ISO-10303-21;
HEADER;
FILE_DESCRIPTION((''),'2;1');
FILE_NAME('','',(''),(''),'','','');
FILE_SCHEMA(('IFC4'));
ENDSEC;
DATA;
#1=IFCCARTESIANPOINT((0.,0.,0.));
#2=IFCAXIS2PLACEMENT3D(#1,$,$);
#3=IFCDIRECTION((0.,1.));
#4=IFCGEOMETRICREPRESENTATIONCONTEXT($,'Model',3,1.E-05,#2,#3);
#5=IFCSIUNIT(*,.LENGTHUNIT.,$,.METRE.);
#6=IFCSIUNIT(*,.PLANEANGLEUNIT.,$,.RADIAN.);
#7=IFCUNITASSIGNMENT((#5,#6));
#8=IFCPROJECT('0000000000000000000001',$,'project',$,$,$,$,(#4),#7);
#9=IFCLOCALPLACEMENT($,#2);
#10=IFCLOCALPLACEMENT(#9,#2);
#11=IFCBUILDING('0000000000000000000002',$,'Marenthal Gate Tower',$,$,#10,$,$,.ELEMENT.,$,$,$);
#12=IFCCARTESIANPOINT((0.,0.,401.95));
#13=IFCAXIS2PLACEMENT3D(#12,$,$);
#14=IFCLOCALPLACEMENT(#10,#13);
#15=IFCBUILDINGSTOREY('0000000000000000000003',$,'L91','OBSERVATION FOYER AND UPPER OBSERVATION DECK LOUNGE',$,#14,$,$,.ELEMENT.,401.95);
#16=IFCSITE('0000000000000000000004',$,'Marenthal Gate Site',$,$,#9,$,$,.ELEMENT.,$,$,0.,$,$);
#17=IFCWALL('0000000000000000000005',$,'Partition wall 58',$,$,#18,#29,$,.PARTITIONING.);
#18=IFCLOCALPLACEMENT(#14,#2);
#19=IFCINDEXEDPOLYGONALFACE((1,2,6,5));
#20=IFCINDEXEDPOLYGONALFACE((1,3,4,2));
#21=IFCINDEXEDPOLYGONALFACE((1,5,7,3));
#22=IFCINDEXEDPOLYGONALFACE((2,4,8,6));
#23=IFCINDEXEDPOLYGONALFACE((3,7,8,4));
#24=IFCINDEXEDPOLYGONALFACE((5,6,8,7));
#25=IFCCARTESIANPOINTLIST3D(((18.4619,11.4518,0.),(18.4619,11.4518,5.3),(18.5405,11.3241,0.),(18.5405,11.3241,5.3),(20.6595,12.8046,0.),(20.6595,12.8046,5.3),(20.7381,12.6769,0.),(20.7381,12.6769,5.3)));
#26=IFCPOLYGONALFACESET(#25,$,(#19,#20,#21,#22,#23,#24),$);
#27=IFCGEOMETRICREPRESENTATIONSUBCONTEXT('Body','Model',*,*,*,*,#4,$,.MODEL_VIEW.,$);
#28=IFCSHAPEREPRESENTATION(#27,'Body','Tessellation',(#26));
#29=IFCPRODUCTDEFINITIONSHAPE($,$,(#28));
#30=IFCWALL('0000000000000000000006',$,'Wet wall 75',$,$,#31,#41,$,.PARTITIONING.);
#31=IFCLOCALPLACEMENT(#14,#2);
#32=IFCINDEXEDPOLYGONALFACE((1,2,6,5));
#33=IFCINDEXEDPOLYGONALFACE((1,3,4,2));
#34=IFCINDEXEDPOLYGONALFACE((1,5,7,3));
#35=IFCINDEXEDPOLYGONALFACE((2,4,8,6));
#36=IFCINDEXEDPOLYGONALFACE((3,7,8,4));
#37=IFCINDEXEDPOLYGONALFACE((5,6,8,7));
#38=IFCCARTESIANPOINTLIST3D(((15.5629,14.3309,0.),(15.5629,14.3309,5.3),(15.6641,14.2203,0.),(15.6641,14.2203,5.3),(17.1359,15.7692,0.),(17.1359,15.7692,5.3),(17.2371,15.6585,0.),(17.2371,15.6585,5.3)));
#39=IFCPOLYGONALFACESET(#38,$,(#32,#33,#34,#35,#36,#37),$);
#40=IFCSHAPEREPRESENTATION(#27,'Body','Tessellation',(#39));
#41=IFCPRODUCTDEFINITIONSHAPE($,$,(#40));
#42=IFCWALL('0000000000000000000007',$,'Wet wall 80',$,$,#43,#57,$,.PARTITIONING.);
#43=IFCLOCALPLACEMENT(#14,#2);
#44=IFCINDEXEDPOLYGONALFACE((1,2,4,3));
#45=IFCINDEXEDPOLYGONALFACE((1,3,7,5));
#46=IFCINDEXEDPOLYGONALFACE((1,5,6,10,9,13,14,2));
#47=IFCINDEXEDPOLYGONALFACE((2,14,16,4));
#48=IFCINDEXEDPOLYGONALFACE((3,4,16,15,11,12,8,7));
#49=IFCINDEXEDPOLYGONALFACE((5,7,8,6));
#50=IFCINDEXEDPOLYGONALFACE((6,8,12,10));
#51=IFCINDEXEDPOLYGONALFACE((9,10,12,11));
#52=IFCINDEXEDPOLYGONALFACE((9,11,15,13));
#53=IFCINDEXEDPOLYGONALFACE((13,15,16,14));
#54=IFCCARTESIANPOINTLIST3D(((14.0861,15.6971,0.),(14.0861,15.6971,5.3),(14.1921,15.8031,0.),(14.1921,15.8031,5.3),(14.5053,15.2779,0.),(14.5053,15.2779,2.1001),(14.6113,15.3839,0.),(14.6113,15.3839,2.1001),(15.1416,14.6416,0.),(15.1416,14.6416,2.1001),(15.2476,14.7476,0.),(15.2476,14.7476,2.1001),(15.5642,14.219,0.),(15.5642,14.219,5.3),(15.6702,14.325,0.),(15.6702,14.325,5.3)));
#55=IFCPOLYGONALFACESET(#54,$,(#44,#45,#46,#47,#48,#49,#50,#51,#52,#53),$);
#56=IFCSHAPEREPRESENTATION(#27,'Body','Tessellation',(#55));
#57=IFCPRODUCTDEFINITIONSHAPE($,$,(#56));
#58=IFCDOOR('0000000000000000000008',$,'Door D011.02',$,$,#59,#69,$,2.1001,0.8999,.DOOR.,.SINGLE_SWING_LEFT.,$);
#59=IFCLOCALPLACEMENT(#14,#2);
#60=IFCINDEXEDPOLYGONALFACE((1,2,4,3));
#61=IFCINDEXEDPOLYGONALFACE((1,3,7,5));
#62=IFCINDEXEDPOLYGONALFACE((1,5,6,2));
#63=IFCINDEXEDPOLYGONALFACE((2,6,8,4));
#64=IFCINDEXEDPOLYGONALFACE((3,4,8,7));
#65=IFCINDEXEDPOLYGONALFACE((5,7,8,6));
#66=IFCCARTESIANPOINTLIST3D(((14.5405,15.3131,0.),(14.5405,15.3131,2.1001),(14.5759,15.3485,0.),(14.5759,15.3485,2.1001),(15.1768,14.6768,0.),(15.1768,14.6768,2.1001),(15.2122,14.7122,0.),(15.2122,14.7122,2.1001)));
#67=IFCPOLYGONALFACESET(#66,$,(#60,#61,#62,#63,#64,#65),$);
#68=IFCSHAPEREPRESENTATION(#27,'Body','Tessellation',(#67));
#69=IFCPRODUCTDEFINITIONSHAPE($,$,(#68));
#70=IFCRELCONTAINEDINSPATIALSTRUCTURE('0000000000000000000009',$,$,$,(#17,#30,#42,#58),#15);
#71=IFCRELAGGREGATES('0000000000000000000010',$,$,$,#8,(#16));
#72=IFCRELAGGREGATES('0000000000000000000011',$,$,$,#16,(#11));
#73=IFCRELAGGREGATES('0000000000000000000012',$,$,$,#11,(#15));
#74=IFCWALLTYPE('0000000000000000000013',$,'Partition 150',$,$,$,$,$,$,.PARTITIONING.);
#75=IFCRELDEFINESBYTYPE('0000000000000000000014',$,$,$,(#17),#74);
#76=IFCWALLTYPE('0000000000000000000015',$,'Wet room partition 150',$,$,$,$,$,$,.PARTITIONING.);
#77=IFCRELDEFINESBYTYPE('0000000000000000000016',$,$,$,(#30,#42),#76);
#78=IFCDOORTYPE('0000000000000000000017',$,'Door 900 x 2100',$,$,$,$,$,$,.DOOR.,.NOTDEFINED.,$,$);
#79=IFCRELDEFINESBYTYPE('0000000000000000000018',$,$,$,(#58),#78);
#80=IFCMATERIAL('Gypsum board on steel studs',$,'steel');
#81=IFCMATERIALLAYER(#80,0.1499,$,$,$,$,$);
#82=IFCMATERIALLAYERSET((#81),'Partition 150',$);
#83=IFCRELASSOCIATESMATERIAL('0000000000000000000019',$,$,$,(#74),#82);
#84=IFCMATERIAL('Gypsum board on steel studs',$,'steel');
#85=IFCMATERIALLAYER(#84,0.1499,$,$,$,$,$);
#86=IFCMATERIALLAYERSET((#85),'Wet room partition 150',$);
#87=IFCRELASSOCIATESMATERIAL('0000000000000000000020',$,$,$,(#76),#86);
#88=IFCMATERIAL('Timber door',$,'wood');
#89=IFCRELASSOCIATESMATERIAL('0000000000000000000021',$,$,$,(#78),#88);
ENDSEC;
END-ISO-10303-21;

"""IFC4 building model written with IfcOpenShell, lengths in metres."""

from ifc_helpers import new_model, si_unit, direction, frame, frame_2d, origin, place, context, subcontext, project, spatial, rectangle, extrude, material, layer, layer_set, type_object, element, fill, save


model = new_model("IFC4")

# Units and contexts
model_context = context("Model", 3, precision=1e-05, world=origin(), true_north=direction((0.0, 1.0)))
body_context = subcontext(model_context, "Body", "Model", "MODEL_VIEW")
ifc_project = project(units=[si_unit("LENGTHUNIT", "METRE"), si_unit("PLANEANGLEUNIT", "RADIAN")], contexts=[model_context])

# Site, building, storey
site_placement = place(None, origin())
site = spatial("IfcSite", under=ifc_project, at=site_placement, Name="Marenthal Gate Site", CompositionType="ELEMENT", RefElevation=0.0)
building_placement = place(site_placement, origin())
building = spatial("IfcBuilding", under=site, at=building_placement, Name="Marenthal Gate Tower", CompositionType="ELEMENT")
storey_placement = place(building_placement, frame((0.0, 0.0, 401.95)))
storey = spatial("IfcBuildingStorey", under=building, at=storey_placement, Name="L91", Description="OBSERVATION FOYER AND UPPER OBSERVATION DECK LOUNGE", CompositionType="ELEMENT", Elevation=401.95)

# Walls
ifc_material_1 = material(Name="Gypsum board on steel studs", Category="steel")
ifc_layer_1 = layer(ifc_material_1, 0.1499)
ifc_layer_set_1 = layer_set([ifc_layer_1], Name="Partition 150")
wall_type_1 = type_object("IfcWallType", Name="Partition 150", PredefinedType="PARTITIONING", material=ifc_layer_set_1)
wall_1_placement = place(storey_placement, frame((18.5012, 11.3879, 0.0), z_axis=(0.0, 0.0, 1.0), x_axis=(0.851577, 0.524229, 0.0)))
element("IfcWall", 1, at=wall_1_placement, inside=storey, type_object=wall_type_1, Name="Partition wall 58", PredefinedType="PARTITIONING", context=body_context, shape_type="SweptSolid", body=[
    extrude(rectangle(XDim=2.5806, YDim=0.1499, at=frame_2d((1.2903, 0.0))), origin(), (0.0, 0.0, 1.0), 5.3),
])
ifc_material_2 = material(Name="Gypsum board on steel studs", Category="steel")
ifc_layer_2 = layer(ifc_material_2, 0.1499)
ifc_layer_set_2 = layer_set([ifc_layer_2], Name="Wet room partition 150")
wall_type_2 = type_object("IfcWallType", Name="Wet room partition 150", PredefinedType="PARTITIONING", material=ifc_layer_set_2)
wall_2_placement = place(storey_placement, frame((15.6135, 14.2756, 0.0), z_axis=(0.0, 0.0, 1.0), x_axis=(0.738014, 0.674785, 0.0)))
element("IfcWall", 2, at=wall_2_placement, inside=storey, type_object=wall_type_2, Name="Wet wall 75", PredefinedType="PARTITIONING", context=body_context, shape_type="SweptSolid", body=[
    extrude(rectangle(XDim=2.1313, YDim=0.1499, at=frame_2d((1.0657, 0.0))), origin(), (0.0, 0.0, 1.0), 5.3),
])

# Wall, opening, door
wall_3_placement = place(storey_placement, frame((15.6172, 14.272, 0.0), z_axis=(0.0, 0.0, 1.0), x_axis=(-0.707107, 0.707107, 0.0)))
wall_3 = element("IfcWall", 3, at=wall_3_placement, inside=storey, type_object=wall_type_2, Name="Wet wall 80", PredefinedType="PARTITIONING", context=body_context, shape_type="SweptSolid", body=[
    extrude(rectangle(XDim=2.0903, YDim=0.1499, at=frame_2d((1.0452, 0.0))), origin(), (0.0, 0.0, 1.0), 5.3),
])
opening_placement = place(wall_3_placement, frame((0.5977, 0.0, 0.0)))
opening = element("IfcOpeningElement", 4, at=opening_placement, cuts=wall_3, PredefinedType="OPENING", context=body_context, shape_type="SweptSolid", body=[
    extrude(rectangle(XDim=0.8999, YDim=2.1001, at=frame_2d((0.45, 1.05))), frame((0.0, 0.085, 0.0), z_axis=(0.0, -1.0, 0.0), x_axis=(1.0, 0.0, 0.0)), (0.0, 0.0, 1.0), 0.1699),
])
ifc_material_3 = material(Name="Timber door", Category="wood")
door_type = type_object("IfcDoorType", Name="Door 900 x 2100", OperationType="NOTDEFINED", PredefinedType="DOOR", material=ifc_material_3)
door_placement = place(opening_placement, frame((0.8999, 0.0, 0.0), z_axis=(0.0, 0.0, 1.0), x_axis=(-1.0, 0.0, 0.0)))
door = element("IfcDoor", 5, at=door_placement, inside=storey, type_object=door_type, Name="Door D011.02", OperationType="SINGLE_SWING_LEFT", OverallHeight=2.1001, OverallWidth=0.8999, PredefinedType="DOOR", context=body_context, shape_type="SweptSolid", body=[
    extrude(rectangle(XDim=0.8999, YDim=2.1001, at=frame_2d((0.45, 1.05))), frame((0.0, 0.0249, 0.0), z_axis=(0.0, -1.0, 0.0), x_axis=(1.0, 0.0, 0.0)), (0.0, 0.0, 1.0), 0.05),
])
fill(opening, door)

save(model, "model.ifc")
